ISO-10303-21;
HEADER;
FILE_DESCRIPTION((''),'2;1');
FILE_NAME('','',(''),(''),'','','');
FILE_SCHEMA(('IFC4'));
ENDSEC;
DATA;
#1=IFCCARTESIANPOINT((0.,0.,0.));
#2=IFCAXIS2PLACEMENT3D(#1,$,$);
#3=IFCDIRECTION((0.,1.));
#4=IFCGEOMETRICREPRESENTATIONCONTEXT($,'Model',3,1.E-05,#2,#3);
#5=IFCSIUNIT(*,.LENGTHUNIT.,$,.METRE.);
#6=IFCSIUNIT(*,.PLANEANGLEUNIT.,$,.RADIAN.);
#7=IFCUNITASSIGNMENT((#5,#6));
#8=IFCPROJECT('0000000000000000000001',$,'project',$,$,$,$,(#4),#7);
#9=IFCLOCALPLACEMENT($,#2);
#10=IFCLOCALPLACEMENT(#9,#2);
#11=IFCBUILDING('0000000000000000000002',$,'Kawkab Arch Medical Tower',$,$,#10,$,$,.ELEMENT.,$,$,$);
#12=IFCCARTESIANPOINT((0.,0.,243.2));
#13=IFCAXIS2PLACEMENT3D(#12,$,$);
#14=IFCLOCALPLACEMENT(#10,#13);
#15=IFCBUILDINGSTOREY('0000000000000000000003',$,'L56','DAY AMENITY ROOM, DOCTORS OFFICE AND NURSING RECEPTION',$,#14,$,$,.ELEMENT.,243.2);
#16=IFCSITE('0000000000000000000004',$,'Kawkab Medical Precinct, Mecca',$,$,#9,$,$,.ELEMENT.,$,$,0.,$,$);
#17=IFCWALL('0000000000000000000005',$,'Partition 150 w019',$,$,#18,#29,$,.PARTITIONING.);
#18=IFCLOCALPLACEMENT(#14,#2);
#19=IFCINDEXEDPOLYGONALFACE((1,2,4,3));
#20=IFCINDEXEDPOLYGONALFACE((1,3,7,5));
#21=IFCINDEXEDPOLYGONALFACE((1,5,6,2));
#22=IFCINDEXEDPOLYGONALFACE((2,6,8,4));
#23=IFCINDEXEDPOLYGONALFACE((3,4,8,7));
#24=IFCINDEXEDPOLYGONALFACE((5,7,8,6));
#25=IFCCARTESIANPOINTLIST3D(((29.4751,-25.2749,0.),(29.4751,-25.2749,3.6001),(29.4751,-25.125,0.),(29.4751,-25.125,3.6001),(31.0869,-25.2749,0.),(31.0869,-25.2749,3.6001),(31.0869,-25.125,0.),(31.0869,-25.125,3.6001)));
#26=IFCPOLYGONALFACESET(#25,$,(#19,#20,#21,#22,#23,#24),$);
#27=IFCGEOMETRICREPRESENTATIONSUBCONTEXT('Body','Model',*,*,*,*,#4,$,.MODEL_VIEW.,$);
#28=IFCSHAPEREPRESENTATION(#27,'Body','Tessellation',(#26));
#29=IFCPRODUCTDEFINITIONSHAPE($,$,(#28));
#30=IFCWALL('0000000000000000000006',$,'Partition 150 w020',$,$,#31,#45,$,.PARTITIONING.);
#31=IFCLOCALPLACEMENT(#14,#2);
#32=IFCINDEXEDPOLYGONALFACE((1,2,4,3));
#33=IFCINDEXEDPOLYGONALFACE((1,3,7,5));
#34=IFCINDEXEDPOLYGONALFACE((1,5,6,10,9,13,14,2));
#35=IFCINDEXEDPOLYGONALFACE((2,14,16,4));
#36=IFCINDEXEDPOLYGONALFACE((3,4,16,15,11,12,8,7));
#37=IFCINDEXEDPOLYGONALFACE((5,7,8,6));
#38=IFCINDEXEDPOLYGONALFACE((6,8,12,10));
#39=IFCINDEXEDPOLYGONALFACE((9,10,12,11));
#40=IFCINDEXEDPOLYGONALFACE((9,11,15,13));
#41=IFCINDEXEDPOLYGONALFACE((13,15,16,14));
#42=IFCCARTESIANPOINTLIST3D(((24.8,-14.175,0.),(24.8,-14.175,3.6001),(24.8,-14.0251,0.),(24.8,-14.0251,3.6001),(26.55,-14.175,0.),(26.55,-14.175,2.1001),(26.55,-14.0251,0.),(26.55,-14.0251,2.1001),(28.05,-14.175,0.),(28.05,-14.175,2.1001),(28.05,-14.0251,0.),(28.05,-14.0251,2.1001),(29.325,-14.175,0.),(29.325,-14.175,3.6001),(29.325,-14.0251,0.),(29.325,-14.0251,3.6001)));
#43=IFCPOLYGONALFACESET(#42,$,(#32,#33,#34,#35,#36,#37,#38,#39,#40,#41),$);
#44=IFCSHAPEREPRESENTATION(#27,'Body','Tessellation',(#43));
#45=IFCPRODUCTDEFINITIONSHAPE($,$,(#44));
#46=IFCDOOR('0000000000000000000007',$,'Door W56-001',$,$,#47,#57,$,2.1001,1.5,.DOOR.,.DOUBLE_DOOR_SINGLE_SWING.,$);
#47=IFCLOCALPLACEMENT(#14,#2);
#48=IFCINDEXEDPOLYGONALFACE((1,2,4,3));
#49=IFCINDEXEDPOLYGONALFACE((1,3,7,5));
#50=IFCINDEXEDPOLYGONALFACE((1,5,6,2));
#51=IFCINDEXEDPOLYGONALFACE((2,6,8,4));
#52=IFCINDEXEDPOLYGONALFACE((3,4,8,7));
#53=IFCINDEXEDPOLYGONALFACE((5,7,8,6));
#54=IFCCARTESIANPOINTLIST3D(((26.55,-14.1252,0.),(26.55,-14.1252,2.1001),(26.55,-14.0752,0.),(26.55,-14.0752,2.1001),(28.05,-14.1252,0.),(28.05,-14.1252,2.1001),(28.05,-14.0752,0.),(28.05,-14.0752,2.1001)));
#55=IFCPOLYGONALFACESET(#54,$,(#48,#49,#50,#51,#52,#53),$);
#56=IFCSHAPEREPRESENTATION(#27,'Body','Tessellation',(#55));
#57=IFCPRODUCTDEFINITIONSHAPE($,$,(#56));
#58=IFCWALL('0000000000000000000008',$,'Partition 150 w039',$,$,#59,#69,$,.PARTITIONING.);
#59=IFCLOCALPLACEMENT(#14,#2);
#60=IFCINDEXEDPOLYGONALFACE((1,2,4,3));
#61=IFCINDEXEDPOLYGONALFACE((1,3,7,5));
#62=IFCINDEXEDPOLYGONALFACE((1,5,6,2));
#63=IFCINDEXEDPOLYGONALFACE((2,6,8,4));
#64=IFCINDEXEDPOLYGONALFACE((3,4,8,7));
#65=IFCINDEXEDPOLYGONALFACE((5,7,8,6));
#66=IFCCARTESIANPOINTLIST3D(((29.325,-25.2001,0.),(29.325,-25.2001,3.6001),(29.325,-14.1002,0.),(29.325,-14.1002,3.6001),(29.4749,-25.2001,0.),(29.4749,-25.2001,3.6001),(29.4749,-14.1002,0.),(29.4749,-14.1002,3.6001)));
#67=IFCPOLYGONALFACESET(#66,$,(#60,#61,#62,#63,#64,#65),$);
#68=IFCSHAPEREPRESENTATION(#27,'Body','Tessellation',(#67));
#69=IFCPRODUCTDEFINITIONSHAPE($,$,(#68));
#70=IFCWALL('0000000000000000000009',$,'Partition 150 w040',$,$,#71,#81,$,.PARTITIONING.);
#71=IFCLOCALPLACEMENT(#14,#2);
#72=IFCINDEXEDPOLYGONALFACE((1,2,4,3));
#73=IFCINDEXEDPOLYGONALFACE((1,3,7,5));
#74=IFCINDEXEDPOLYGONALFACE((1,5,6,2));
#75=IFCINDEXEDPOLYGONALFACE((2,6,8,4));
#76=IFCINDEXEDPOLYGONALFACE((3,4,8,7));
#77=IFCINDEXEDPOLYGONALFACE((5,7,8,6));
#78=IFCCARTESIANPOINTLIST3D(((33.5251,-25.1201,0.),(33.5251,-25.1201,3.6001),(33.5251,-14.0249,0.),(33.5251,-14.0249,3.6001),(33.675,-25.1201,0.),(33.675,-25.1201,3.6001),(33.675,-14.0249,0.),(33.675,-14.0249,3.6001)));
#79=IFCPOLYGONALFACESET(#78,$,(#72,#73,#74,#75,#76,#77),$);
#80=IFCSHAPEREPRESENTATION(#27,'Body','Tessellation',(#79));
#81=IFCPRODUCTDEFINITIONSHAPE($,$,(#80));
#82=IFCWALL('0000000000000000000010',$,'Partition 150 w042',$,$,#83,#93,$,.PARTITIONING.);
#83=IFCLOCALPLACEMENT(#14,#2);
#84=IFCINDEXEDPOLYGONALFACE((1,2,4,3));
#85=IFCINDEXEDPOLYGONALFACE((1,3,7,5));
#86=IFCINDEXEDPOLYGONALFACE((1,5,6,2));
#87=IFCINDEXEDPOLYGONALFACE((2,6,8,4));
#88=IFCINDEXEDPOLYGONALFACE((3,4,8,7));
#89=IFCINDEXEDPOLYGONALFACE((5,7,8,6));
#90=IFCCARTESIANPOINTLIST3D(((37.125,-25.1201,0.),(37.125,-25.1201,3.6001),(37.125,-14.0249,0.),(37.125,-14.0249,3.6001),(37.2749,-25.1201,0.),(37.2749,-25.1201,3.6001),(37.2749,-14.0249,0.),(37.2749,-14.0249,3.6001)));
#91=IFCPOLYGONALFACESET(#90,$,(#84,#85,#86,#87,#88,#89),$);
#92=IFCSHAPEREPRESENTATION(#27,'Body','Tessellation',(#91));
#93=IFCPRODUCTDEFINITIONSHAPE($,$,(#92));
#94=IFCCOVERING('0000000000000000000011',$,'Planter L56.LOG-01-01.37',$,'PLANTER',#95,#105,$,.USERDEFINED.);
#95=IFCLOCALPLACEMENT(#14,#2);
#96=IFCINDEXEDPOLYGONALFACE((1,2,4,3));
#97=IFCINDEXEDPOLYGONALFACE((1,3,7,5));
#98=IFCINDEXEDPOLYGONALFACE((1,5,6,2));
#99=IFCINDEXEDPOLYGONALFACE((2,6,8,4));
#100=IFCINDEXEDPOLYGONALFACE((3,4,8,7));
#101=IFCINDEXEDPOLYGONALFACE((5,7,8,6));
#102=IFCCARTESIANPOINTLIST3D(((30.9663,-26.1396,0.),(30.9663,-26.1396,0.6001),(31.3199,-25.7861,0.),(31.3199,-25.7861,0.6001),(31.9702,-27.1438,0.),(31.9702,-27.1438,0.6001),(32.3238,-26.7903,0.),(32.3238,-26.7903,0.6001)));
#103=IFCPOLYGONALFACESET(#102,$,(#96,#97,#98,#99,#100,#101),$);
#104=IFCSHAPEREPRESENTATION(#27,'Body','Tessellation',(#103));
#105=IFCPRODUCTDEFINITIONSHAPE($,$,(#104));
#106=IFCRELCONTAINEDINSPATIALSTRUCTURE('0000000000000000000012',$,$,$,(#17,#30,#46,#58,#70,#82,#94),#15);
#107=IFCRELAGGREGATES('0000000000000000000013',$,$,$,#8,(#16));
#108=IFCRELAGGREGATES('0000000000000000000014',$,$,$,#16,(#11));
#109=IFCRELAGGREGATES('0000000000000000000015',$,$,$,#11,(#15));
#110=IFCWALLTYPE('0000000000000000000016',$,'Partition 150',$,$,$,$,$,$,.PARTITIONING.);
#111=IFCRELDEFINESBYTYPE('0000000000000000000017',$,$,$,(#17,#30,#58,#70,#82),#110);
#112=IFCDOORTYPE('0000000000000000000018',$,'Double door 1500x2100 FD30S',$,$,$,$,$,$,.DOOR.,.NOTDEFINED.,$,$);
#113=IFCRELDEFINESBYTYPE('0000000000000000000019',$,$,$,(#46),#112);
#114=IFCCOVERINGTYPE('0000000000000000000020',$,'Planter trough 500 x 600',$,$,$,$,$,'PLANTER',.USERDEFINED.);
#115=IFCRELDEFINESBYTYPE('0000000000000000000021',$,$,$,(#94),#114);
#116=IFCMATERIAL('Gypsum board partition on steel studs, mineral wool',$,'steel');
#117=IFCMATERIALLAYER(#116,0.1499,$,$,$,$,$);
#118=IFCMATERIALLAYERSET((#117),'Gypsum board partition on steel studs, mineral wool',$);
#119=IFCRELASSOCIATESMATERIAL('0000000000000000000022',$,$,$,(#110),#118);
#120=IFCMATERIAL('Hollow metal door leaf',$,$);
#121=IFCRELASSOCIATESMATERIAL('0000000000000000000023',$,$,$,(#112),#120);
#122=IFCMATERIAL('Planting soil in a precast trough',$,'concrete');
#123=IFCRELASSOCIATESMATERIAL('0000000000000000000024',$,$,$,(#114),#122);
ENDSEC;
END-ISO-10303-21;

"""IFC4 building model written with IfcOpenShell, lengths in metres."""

from ifc_helpers import new_model, si_unit, direction, frame, frame_2d, origin, origin_2d, place, context, subcontext, project, spatial, rectangle, extrude, material, layer, layer_set, material_profile, profile_set, type_object, element, fill, save


model = new_model("IFC4")

# Units and contexts
model_context = context("Model", 3, precision=1e-05, world=origin(), true_north=direction((0.0, 1.0)))
body_context = subcontext(model_context, "Body", "Model", "MODEL_VIEW")
ifc_project = project(units=[si_unit("LENGTHUNIT", "METRE"), si_unit("PLANEANGLEUNIT", "RADIAN")], contexts=[model_context])

# Site, building, storey
site_placement = place(None, origin())
site = spatial("IfcSite", under=ifc_project, at=site_placement, Name="Kawkab Medical Precinct, Mecca", CompositionType="ELEMENT", RefElevation=0.0)
building_placement = place(site_placement, origin())
building = spatial("IfcBuilding", under=site, at=building_placement, Name="Kawkab Arch Medical Tower", CompositionType="ELEMENT")
storey_placement = place(building_placement, frame((0.0, 0.0, 243.2)))
storey = spatial("IfcBuildingStorey", under=building, at=storey_placement, Name="L56", Description="DAY AMENITY ROOM, DOCTORS OFFICE AND NURSING RECEPTION", CompositionType="ELEMENT", Elevation=243.2)

# Wall
ifc_material_1 = material(Name="Gypsum board partition on steel studs, mineral wool", Category="steel")
ifc_layer_1 = layer(ifc_material_1, 0.1499)
ifc_layer_set_1 = layer_set([ifc_layer_1], Name="Gypsum board partition on steel studs, mineral wool")
wall_type_1 = type_object("IfcWallType", Name="Partition 150", PredefinedType="PARTITIONING", material=ifc_layer_set_1)
wall_1_placement = place(storey_placement, frame((29.4751, -25.2, 0.0), z_axis=(0.0, 0.0, 1.0), x_axis=(1.0, 0.0, 0.0)))
element("IfcWall", 1, at=wall_1_placement, inside=storey, type_object=wall_type_1, Name="Partition 150 w019", PredefinedType="PARTITIONING", context=body_context, shape_type="SweptSolid", body=[
    extrude(rectangle(XDim=1.6118, YDim=0.1499, at=frame_2d((0.8059, 0.0))), origin(), (0.0, 0.0, 1.0), 3.6001),
])

# Wall, opening, door
wall_2_placement = place(storey_placement, frame((24.8, -14.1001, 0.0), z_axis=(0.0, 0.0, 1.0), x_axis=(1.0, 0.0, 0.0)))
wall_2 = element("IfcWall", 2, at=wall_2_placement, inside=storey, type_object=wall_type_1, Name="Partition 150 w020", PredefinedType="PARTITIONING", context=body_context, shape_type="SweptSolid", body=[
    extrude(rectangle(XDim=4.5249, YDim=0.1499, at=frame_2d((2.2625, 0.0))), origin(), (0.0, 0.0, 1.0), 3.6001),
])
opening_1_placement = place(wall_2_placement, frame((1.75, 0.0, 0.0)))
opening_1 = element("IfcOpeningElement", 3, at=opening_1_placement, cuts=wall_2, PredefinedType="OPENING", context=body_context, shape_type="SweptSolid", body=[
    extrude(rectangle(XDim=1.5, YDim=2.1001, at=frame_2d((0.75, 1.05))), frame((0.0, 0.085, 0.0), z_axis=(0.0, -1.0, 0.0), x_axis=(1.0, 0.0, 0.0)), (0.0, 0.0, 1.0), 0.1699),
])
ifc_material_2 = material(Name="Hollow metal door leaf")
door_type_1 = type_object("IfcDoorType", Name="Double door 1500x2100 FD30S", OperationType="NOTDEFINED", PredefinedType="DOOR", material=ifc_material_2)
door_1_placement = place(opening_1_placement, origin())
door_1 = element("IfcDoor", 4, at=door_1_placement, inside=storey, type_object=door_type_1, Name="Door W56-001", OperationType="DOUBLE_DOOR_SINGLE_SWING", OverallHeight=2.1001, OverallWidth=1.5, PredefinedType="DOOR", context=body_context, shape_type="SweptSolid", body=[
    extrude(rectangle(XDim=1.5, YDim=2.1001, at=frame_2d((0.75, 1.05))), frame((0.0, 0.0249, 0.0), z_axis=(0.0, -1.0, 0.0), x_axis=(1.0, 0.0, 0.0)), (0.0, 0.0, 1.0), 0.05),
])
fill(opening_1, door_1)

# Walls
wall_3_placement = place(storey_placement, frame((29.3999, -25.2, 0.0), z_axis=(0.0, 0.0, 1.0), x_axis=(0.0, 1.0, 0.0)))
element("IfcWall", 5, at=wall_3_placement, inside=storey, type_object=wall_type_1, Name="Partition 150 w039", PredefinedType="PARTITIONING", context=body_context, shape_type="SweptSolid", body=[
    extrude(rectangle(XDim=11.0999, YDim=0.1499, at=frame_2d((5.5498, 0.0))), origin(), (0.0, 0.0, 1.0), 3.6001),
])
for number, where, z_axis, x_axis, name in (
    (6, (33.6001, -25.1201, 0.0), (0.0, 0.0, 1.0), (0.0, 1.0, 0.0), "Partition 150 w040"),
    (7, (37.2, -25.1201, 0.0), (0.0, 0.0, 1.0), (0.0, 1.0, 0.0), "Partition 150 w042"),
):
    element("IfcWall", number, at=place(storey_placement, frame(where, z_axis=z_axis, x_axis=x_axis)), inside=storey, type_object=wall_type_1, Name=name, PredefinedType="PARTITIONING", context=body_context, shape_type="SweptSolid", body=[
        extrude(rectangle(XDim=11.0952, YDim=0.1499, at=frame_2d((5.5476, 0.0))), origin(), (0.0, 0.0, 1.0), 3.6001),
    ])

# Covering
ifc_material_3 = material(Name="Planting soil in a precast trough", Category="concrete")
ifc_material_profile_1 = material_profile(ifc_material_3, rectangle(XDim=0.5, YDim=0.6001, at=origin_2d()), Name="Trough 500x600")
ifc_profile_set_1 = profile_set([ifc_material_profile_1], Name="Planting soil in a precast trough")
covering_type = type_object("IfcCoveringType", Name="Planter trough 500 x 600", ElementType="PLANTER", PredefinedType="USERDEFINED", material=ifc_profile_set_1)
covering_placement = place(storey_placement, frame((31.1431, -25.9629, 0.3), z_axis=(0.707021, -0.707193, 0.0), x_axis=(0.707193, 0.707021, 0.0)))
element("IfcCovering", 8, at=covering_placement, inside=storey, type_object=covering_type, Name="Planter L56.LOG-01-01.37", ObjectType="PLANTER", PredefinedType="USERDEFINED", context=body_context, shape_type="SweptSolid", body=[
    extrude(rectangle(XDim=0.5, YDim=0.6001, at=origin_2d()), origin(), (0.0, 0.0, 1.0), 1.4199),
])

save(model, "model.ifc")
